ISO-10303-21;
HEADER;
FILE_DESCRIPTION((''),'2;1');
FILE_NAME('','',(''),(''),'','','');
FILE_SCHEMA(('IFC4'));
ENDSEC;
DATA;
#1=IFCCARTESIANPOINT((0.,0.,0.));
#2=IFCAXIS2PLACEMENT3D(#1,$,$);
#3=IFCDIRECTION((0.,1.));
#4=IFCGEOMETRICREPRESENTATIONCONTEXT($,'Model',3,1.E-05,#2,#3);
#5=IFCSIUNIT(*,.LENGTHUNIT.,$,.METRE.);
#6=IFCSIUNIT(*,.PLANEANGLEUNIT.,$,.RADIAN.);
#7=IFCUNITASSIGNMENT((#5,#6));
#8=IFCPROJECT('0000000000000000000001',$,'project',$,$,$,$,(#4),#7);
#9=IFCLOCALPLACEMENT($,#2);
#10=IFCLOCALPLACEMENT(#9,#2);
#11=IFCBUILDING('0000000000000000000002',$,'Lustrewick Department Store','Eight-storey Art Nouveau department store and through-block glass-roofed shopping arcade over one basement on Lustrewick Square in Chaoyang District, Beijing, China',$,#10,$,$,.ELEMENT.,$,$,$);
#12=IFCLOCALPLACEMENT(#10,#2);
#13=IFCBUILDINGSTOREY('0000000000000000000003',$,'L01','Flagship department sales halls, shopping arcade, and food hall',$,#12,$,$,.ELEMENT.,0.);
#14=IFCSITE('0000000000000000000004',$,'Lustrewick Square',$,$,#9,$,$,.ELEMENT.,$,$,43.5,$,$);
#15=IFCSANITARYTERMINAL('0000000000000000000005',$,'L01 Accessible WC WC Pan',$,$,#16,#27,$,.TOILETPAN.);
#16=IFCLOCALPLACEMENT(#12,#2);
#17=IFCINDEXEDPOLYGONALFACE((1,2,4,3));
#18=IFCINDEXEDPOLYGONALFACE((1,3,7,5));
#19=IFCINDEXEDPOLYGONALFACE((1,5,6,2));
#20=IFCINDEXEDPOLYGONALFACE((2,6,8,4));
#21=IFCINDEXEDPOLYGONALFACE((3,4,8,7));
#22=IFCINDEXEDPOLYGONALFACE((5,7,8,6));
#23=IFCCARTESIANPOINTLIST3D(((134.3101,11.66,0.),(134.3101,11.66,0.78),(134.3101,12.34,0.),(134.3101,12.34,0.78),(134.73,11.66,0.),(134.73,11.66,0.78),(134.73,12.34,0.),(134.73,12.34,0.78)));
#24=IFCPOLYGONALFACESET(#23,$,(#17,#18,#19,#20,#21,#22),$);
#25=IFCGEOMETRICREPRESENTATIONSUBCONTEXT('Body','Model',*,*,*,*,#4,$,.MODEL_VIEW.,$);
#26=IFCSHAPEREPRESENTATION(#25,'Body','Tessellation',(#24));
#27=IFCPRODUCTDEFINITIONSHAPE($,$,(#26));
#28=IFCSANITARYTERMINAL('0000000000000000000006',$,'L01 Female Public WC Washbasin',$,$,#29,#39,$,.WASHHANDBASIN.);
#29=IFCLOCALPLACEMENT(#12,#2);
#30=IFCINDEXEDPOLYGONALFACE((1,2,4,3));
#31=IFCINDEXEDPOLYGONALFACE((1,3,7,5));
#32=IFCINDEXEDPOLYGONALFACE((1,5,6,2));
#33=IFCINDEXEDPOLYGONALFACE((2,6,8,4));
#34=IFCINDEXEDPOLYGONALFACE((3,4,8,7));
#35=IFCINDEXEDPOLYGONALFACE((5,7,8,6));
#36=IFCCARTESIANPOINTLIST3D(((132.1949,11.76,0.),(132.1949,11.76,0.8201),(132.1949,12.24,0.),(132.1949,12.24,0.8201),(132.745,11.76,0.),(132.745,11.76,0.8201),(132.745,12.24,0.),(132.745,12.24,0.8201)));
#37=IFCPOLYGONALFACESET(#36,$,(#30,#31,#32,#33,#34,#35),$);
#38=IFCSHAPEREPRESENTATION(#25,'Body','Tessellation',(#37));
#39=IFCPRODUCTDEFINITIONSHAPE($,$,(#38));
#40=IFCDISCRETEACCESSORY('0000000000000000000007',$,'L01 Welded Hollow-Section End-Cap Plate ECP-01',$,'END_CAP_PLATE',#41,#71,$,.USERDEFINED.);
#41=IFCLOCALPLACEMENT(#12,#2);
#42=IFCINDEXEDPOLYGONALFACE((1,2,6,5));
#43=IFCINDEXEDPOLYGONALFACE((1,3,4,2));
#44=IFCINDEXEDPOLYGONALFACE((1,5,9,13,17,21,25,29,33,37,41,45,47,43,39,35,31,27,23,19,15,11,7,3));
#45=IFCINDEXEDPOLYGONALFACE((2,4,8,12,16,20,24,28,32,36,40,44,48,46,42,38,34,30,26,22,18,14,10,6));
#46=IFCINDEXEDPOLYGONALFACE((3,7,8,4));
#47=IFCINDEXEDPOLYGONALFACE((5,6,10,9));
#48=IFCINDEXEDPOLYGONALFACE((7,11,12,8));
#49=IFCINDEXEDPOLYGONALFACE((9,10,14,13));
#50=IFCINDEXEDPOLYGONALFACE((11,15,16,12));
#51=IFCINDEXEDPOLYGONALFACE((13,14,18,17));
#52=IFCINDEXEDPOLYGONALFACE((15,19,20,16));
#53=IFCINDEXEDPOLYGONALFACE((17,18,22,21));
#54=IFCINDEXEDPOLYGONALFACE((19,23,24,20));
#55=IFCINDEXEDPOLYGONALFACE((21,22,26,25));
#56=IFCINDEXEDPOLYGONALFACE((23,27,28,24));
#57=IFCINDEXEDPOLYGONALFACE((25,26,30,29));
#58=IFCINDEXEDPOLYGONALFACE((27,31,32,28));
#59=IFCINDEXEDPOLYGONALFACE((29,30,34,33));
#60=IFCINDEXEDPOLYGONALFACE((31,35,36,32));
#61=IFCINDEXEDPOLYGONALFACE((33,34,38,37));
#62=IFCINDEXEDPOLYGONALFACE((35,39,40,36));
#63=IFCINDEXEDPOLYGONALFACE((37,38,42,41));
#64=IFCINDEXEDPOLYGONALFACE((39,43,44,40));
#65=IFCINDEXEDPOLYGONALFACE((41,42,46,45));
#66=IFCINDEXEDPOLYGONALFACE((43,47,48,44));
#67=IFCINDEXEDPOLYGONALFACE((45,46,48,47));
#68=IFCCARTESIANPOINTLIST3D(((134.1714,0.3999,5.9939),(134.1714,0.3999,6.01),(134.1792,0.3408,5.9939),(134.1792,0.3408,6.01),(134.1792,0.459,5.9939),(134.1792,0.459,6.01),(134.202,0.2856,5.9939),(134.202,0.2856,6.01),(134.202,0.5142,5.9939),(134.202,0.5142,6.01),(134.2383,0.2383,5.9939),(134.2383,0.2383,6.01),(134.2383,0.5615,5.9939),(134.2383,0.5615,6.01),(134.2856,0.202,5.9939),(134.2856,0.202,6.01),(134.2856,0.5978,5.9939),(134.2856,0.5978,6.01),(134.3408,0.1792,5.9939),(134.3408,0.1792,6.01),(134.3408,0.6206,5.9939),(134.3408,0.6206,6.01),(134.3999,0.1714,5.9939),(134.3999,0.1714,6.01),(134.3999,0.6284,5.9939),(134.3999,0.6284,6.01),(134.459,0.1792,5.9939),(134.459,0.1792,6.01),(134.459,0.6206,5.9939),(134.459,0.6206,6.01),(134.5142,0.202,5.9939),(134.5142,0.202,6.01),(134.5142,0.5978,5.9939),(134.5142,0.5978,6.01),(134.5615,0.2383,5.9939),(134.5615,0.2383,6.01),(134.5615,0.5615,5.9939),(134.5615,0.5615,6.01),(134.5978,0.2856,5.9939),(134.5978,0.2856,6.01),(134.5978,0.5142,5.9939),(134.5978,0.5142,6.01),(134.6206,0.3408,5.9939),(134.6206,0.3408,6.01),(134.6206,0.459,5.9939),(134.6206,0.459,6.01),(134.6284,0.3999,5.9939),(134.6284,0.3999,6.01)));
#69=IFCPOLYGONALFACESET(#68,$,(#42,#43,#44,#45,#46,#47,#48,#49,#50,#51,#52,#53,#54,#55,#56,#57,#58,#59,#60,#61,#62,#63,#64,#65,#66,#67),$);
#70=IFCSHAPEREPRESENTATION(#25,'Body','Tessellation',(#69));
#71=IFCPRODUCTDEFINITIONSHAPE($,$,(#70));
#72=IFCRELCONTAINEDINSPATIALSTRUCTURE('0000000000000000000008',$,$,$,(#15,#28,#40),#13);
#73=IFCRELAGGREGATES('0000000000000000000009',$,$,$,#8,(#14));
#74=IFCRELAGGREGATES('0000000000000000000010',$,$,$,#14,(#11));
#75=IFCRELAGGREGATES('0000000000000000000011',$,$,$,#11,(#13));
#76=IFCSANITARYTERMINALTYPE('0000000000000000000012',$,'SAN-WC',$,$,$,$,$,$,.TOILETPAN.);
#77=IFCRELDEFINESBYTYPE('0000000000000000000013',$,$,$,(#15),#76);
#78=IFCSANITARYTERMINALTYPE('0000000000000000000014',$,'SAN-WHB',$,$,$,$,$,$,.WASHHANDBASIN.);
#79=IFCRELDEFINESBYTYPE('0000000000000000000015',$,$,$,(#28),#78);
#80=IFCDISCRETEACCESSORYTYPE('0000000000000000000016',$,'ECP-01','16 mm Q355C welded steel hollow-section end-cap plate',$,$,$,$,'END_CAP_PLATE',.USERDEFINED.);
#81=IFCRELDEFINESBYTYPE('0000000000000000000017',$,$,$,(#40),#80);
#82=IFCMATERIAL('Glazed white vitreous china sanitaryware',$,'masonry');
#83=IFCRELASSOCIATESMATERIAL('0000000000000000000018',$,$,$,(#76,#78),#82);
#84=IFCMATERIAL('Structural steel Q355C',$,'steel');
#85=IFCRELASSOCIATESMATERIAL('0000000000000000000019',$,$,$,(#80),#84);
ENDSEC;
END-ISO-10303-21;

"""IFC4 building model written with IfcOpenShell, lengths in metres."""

from ifc_helpers import new_model, si_unit, direction, frame, origin, origin_2d, place, context, subcontext, project, spatial, rectangle, circle, extrude, material, type_object, element, save


model = new_model("IFC4")

# Units and contexts
model_context = context("Model", 3, precision=1e-05, world=origin(), true_north=direction((0.0, 1.0)))
body_context = subcontext(model_context, "Body", "Model", "MODEL_VIEW")
ifc_project = project(units=[si_unit("LENGTHUNIT", "METRE"), si_unit("PLANEANGLEUNIT", "RADIAN")], contexts=[model_context])

# Site, building, storey
site_placement = place(None, origin())
site = spatial("IfcSite", under=ifc_project, at=site_placement, Name="Lustrewick Square", CompositionType="ELEMENT", RefElevation=43.5)
building_placement = place(site_placement, origin())
building = spatial("IfcBuilding", under=site, at=building_placement, Name="Lustrewick Department Store", Description="Eight-storey Art Nouveau department store and through-block glass-roofed shopping arcade over one basement on Lustrewick Square in Chaoyang District, Beijing, China", CompositionType="ELEMENT")
storey_placement = place(building_placement, origin())
storey = spatial("IfcBuildingStorey", under=building, at=storey_placement, Name="L01", Description="Flagship department sales halls, shopping arcade, and food hall", CompositionType="ELEMENT", Elevation=0.0)

# Shared definitions
ifc_material_1 = material(Name="Structural steel Q355C", Category="steel")

# Sanitary terminals
ifc_material_2 = material(Name="Glazed white vitreous china sanitaryware", Category="masonry")
sanitary_terminal_type_1 = type_object("IfcSanitaryTerminalType", Name="SAN-WC", PredefinedType="TOILETPAN", material=ifc_material_2)
sanitary_terminal_1_placement = place(storey_placement, frame((134.52, 12.0, 0.0), z_axis=(0.0, 0.0, 1.0), x_axis=(1.0, 0.0, 0.0)))
element("IfcSanitaryTerminal", 1, at=sanitary_terminal_1_placement, inside=storey, type_object=sanitary_terminal_type_1, Name="L01 Accessible WC WC Pan", PredefinedType="TOILETPAN", context=body_context, shape_type="SweptSolid", body=[
    extrude(rectangle(XDim=0.4199, YDim=0.6799, at=origin_2d()), origin(), (0.0, 0.0, 1.0), 0.78),
])
sanitary_terminal_type_2 = type_object("IfcSanitaryTerminalType", Name="SAN-WHB", PredefinedType="WASHHANDBASIN", material=ifc_material_2)
sanitary_terminal_2_placement = place(storey_placement, frame((132.47, 12.0, 0.0), z_axis=(0.0, 0.0, 1.0), x_axis=(1.0, 0.0, 0.0)))
element("IfcSanitaryTerminal", 2, at=sanitary_terminal_2_placement, inside=storey, type_object=sanitary_terminal_type_2, Name="L01 Female Public WC Washbasin", PredefinedType="WASHHANDBASIN", context=body_context, shape_type="SweptSolid", body=[
    extrude(rectangle(XDim=0.55, YDim=0.48, at=origin_2d()), origin(), (0.0, 0.0, 1.0), 0.8201),
])

# Discrete accessory
discrete_accessory_type = type_object("IfcDiscreteAccessoryType", Name="ECP-01", Description="16 mm Q355C welded steel hollow-section end-cap plate", ElementType="END_CAP_PLATE", PredefinedType="USERDEFINED", material=ifc_material_1)
discrete_accessory_placement = place(storey_placement, frame((134.3999, 0.3999, 5.9939), z_axis=(0.0, 0.0, 1.0), x_axis=(1.0, 0.0, 0.0)))
element("IfcDiscreteAccessory", 3, at=discrete_accessory_placement, inside=storey, type_object=discrete_accessory_type, Name="L01 Welded Hollow-Section End-Cap Plate ECP-01", ObjectType="END_CAP_PLATE", PredefinedType="USERDEFINED", context=body_context, shape_type="SweptSolid", body=[
    extrude(circle(Radius=0.2285, at=origin_2d()), origin(), (0.0, 0.0, 1.0), 0.0161),
])

save(model, "model.ifc")
